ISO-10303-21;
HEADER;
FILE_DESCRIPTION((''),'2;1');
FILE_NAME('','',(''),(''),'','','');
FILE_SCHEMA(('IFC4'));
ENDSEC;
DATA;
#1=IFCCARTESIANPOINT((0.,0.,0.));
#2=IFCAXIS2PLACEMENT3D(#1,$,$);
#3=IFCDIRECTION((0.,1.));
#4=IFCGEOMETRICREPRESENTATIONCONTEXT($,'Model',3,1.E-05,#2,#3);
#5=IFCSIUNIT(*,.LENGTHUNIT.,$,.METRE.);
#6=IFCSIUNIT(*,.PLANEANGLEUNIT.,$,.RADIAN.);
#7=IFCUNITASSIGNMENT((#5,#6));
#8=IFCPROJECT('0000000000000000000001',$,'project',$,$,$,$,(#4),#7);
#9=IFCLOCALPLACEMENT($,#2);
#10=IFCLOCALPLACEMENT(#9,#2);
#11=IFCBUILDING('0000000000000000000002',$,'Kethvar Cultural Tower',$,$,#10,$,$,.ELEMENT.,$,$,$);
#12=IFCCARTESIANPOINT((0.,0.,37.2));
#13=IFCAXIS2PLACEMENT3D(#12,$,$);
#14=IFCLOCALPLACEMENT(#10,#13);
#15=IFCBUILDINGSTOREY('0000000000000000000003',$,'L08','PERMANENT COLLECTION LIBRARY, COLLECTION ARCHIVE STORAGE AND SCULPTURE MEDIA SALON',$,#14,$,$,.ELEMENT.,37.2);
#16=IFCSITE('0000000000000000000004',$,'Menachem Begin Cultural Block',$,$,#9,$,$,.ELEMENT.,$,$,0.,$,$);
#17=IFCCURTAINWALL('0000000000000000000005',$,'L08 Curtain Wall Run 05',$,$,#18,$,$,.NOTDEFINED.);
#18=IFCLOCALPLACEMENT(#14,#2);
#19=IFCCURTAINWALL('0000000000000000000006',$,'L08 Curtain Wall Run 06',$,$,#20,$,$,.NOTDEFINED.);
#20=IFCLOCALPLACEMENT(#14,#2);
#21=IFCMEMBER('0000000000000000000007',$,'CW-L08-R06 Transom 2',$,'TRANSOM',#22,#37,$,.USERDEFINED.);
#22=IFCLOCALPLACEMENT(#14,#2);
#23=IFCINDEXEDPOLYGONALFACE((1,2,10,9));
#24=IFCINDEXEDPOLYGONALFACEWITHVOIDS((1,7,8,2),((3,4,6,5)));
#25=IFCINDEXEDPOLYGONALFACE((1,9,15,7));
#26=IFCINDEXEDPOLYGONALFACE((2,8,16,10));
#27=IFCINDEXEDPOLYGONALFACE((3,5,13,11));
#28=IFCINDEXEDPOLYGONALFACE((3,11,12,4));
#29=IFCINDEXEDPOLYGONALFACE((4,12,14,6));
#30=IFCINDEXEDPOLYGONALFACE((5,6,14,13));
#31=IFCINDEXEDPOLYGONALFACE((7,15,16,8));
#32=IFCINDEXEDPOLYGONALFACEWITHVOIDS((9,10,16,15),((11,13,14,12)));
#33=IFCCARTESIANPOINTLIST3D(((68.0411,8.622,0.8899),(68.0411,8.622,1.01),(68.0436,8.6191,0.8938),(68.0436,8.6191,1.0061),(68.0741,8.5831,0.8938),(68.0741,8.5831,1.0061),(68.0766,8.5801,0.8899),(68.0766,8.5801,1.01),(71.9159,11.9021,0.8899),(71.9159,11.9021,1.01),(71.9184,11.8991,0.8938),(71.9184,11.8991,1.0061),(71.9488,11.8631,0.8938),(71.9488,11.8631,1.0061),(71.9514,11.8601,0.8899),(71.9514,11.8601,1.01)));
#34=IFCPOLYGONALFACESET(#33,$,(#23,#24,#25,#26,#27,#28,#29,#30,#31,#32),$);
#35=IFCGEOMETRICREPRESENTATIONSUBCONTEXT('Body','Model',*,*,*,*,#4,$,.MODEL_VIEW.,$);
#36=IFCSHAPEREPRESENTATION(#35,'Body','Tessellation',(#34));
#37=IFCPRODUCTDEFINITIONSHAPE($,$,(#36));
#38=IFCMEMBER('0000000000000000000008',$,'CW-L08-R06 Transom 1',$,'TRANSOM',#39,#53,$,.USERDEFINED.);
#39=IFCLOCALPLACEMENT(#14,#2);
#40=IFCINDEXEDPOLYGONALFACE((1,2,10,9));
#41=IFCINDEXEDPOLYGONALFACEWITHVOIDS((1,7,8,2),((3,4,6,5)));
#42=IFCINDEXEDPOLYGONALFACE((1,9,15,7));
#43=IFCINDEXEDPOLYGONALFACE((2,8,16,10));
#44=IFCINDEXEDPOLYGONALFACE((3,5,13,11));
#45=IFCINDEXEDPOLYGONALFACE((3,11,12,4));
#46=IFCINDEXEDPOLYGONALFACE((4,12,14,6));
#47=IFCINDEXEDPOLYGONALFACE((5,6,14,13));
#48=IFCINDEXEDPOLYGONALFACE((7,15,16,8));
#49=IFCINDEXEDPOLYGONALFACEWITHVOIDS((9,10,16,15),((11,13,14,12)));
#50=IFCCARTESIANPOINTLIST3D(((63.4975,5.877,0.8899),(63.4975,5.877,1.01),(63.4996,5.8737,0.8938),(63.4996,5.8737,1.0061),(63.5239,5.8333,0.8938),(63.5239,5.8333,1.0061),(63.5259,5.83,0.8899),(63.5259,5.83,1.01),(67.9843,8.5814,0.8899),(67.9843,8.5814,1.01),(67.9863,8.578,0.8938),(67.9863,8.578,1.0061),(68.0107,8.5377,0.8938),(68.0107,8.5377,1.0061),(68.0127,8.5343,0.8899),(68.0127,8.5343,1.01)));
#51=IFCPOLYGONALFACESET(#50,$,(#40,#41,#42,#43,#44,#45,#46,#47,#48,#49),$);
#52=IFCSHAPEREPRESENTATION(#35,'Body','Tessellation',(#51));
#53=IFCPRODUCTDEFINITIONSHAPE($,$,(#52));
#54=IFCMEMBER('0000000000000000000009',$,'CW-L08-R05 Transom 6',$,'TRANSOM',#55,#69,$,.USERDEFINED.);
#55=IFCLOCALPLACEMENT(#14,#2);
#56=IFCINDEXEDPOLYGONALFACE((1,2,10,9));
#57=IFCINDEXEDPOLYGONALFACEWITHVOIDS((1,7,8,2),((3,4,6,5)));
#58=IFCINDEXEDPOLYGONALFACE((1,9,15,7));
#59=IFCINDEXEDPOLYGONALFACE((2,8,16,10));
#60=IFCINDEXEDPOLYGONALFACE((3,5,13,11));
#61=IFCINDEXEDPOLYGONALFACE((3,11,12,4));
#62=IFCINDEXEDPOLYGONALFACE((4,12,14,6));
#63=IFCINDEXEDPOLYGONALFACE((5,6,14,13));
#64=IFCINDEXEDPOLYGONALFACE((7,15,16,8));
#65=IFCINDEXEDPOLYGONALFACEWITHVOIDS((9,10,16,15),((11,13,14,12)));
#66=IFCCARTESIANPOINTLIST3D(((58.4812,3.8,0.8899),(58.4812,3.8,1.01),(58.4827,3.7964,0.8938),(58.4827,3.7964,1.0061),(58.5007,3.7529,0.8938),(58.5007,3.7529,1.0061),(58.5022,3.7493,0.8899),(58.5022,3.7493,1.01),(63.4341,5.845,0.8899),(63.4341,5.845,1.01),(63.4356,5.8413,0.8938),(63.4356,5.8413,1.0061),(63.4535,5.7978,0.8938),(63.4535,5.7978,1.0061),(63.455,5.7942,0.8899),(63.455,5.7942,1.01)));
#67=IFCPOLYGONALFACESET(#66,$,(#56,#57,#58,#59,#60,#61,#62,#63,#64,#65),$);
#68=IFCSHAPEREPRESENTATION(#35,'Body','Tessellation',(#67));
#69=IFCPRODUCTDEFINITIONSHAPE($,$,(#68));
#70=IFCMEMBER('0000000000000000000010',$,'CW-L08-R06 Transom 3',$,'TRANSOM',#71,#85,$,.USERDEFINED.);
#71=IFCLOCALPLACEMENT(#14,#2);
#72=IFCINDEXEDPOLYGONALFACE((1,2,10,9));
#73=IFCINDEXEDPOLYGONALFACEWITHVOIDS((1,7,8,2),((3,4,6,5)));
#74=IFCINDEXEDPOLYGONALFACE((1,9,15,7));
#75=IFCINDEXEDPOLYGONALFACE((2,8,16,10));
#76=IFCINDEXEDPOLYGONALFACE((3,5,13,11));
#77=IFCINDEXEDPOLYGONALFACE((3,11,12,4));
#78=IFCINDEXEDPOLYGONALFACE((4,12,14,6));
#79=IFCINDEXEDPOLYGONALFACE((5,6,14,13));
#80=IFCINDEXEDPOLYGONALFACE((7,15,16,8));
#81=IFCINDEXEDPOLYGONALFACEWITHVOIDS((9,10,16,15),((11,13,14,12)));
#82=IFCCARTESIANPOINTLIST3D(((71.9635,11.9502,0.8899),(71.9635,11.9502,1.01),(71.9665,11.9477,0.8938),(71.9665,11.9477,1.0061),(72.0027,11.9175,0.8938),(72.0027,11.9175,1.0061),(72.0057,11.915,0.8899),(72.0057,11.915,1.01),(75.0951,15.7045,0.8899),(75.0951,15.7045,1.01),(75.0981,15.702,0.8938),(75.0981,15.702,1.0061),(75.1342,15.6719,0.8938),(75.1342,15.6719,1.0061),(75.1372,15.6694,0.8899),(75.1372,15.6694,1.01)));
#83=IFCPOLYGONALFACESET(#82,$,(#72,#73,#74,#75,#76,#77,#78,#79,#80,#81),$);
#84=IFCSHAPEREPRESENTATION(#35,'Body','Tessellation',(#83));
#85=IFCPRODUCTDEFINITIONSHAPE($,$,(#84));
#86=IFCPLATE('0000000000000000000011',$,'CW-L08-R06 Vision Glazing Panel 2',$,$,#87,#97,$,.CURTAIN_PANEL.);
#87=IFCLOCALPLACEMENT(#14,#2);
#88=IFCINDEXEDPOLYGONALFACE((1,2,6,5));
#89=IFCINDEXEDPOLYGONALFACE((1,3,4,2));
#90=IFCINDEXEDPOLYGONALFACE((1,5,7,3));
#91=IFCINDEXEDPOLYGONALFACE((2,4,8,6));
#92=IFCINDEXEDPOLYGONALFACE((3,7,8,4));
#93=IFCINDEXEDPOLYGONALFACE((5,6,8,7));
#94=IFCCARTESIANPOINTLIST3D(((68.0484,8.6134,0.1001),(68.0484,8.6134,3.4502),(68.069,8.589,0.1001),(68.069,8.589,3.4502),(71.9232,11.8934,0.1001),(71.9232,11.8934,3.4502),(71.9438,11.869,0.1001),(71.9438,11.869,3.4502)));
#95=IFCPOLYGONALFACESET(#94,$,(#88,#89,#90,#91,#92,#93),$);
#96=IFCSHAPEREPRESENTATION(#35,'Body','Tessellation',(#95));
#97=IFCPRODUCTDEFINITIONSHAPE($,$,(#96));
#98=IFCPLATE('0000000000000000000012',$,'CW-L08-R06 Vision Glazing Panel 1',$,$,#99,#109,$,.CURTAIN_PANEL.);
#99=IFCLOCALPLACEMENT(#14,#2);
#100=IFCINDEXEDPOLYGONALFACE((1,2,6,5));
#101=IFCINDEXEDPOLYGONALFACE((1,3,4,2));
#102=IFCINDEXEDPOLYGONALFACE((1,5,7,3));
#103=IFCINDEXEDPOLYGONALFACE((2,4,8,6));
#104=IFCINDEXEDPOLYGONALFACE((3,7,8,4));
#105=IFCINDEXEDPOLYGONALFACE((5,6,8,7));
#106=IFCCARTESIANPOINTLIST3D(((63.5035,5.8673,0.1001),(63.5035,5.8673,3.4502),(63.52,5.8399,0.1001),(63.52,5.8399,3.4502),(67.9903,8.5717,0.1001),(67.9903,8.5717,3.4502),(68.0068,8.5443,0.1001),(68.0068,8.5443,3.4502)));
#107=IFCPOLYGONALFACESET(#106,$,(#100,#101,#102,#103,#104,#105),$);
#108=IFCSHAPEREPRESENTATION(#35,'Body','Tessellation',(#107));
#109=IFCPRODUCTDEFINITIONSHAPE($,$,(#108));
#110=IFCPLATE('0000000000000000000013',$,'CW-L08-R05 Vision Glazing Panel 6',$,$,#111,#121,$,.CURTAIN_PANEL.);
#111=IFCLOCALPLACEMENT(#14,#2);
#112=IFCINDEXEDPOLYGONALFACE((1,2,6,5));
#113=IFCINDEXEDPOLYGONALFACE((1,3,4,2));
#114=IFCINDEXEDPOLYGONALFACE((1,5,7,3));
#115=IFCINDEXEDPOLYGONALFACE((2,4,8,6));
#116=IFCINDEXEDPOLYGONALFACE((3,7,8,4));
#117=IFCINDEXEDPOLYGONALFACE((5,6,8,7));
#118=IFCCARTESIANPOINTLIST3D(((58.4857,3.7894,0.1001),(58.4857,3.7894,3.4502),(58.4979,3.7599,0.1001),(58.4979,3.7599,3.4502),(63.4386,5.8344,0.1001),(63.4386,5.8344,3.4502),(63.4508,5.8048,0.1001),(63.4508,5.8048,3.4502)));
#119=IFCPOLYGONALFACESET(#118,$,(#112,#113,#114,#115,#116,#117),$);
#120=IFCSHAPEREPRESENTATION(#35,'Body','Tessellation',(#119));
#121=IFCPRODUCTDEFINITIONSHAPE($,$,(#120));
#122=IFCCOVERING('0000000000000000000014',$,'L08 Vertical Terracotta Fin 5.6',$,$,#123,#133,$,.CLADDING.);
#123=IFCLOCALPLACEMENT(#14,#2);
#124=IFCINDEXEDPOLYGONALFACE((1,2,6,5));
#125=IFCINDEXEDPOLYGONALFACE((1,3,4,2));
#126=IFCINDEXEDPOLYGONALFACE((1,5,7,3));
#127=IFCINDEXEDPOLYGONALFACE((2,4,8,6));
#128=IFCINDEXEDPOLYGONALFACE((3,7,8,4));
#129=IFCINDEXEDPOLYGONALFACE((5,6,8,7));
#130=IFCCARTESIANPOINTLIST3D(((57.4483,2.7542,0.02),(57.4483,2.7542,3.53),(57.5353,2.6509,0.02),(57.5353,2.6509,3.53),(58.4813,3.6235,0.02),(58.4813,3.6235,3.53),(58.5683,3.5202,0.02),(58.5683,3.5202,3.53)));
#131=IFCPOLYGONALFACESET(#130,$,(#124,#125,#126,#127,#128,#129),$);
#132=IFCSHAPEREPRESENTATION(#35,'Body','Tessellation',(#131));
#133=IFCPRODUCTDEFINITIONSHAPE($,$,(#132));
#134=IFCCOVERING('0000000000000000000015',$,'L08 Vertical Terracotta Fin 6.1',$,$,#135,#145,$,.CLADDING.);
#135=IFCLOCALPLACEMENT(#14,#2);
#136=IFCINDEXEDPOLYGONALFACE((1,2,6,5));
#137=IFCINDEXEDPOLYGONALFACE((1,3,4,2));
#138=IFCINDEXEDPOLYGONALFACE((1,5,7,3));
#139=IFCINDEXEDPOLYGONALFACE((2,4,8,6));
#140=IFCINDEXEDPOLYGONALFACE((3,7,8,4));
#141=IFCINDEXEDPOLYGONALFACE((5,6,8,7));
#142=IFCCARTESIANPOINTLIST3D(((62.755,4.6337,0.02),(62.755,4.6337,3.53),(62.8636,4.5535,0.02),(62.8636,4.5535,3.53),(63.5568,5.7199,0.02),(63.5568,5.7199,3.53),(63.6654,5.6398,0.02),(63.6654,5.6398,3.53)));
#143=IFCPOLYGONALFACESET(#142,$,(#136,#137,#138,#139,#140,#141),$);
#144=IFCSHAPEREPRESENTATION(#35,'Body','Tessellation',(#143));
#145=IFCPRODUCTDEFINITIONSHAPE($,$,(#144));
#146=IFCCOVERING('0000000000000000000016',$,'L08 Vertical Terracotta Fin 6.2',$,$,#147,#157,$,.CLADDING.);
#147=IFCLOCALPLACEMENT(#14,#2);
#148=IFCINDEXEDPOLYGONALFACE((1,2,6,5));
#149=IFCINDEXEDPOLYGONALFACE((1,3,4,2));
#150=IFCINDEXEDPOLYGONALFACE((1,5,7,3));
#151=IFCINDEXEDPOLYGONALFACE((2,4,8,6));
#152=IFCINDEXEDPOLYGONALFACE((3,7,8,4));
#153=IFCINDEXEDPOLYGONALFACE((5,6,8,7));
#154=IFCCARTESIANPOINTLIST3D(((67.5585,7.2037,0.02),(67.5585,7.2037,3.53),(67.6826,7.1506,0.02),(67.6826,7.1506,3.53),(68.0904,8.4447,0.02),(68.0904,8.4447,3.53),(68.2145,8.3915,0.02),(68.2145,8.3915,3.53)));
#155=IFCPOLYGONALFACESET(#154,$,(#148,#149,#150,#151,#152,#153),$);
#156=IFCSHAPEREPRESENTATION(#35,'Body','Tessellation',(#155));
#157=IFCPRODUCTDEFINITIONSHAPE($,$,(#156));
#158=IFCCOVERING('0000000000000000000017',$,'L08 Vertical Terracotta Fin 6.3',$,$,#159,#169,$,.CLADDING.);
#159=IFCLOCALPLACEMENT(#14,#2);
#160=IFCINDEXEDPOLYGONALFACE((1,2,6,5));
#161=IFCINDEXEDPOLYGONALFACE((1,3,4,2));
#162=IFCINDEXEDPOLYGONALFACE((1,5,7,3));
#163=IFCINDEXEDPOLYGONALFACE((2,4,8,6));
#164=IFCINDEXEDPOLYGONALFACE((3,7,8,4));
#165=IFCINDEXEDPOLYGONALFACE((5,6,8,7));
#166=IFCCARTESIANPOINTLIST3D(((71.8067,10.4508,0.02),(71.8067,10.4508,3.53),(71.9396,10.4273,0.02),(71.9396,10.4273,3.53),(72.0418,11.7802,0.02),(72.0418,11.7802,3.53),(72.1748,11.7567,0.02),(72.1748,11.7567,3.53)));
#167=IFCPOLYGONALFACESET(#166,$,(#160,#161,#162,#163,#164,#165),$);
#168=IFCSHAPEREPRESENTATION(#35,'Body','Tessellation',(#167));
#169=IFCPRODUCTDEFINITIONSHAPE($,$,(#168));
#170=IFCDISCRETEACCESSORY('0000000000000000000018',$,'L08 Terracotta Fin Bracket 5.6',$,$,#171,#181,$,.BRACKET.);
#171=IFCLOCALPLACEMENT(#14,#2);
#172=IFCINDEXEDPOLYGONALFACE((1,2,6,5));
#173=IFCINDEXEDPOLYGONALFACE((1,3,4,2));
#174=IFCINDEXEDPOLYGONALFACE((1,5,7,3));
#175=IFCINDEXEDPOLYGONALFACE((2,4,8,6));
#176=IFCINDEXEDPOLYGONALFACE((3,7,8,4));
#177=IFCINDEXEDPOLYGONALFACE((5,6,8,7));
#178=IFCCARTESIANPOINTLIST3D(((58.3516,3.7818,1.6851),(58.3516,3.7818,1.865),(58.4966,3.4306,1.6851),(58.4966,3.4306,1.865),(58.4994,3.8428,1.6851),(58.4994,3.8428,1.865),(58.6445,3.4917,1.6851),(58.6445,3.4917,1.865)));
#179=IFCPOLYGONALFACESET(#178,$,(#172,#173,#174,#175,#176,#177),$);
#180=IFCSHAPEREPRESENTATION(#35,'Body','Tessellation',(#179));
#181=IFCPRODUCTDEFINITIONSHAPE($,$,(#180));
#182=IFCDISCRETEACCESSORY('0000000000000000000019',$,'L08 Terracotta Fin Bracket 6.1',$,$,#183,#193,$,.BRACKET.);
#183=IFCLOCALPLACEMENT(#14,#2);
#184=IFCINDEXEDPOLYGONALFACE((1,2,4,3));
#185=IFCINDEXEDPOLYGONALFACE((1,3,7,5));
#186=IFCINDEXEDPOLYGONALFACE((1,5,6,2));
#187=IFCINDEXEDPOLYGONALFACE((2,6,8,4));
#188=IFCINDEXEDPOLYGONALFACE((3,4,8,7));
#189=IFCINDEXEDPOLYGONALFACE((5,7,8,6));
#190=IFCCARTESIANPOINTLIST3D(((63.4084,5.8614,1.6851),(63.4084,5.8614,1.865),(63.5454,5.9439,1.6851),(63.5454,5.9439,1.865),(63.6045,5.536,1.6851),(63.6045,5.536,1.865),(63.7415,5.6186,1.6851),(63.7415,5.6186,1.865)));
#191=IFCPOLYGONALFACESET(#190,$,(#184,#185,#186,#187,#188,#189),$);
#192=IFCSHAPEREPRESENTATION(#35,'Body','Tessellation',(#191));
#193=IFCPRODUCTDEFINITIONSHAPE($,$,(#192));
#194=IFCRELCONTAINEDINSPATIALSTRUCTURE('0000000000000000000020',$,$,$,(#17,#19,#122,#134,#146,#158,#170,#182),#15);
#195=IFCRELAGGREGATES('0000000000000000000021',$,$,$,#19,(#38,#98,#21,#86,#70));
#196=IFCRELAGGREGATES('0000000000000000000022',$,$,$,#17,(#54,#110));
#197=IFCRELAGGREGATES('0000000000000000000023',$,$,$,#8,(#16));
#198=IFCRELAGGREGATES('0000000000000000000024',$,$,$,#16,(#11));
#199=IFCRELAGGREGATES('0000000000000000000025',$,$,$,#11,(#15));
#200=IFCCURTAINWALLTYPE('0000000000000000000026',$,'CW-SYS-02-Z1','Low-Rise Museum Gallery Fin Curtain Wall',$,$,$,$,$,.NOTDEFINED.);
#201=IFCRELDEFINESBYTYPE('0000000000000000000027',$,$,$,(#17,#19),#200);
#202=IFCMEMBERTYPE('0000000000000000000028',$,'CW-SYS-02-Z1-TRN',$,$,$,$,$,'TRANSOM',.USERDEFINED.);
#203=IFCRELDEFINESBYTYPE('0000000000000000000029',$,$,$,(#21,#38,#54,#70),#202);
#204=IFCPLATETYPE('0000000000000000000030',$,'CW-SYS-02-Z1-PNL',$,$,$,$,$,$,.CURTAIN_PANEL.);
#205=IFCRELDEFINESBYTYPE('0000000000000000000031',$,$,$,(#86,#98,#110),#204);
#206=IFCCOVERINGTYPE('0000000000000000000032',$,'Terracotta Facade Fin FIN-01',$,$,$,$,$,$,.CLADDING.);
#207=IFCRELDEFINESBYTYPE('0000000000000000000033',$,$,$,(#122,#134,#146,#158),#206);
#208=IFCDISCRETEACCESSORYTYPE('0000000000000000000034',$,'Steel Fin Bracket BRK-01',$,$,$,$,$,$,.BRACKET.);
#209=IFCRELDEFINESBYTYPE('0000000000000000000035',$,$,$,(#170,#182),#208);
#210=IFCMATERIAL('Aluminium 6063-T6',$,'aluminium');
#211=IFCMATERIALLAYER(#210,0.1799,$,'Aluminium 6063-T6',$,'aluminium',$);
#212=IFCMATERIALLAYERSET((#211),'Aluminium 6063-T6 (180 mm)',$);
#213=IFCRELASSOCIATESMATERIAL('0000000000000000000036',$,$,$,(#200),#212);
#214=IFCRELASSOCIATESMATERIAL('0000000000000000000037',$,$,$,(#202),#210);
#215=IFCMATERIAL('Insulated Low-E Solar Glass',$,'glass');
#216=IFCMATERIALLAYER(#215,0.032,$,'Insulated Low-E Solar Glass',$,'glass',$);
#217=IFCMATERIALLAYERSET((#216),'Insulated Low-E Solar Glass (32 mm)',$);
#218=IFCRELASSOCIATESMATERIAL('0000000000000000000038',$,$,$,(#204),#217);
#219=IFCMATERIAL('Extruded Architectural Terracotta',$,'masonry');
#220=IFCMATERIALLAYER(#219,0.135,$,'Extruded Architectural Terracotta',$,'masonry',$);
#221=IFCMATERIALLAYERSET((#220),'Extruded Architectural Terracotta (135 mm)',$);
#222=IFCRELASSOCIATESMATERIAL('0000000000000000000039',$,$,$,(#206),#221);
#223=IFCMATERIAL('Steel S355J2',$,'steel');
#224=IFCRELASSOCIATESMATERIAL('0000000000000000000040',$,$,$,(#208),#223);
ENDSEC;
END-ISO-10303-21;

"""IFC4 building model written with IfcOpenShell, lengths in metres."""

from ifc_helpers import new_model, si_unit, direction, frame, origin, origin_2d, place, context, subcontext, project, spatial, rectangle, hollow_rectangle, extrude, source, transform, mapped, material, layer, layer_set, material_profile, profile_set, type_object, element, aggregate, save


model = new_model("IFC4")

# Units and contexts
model_context = context("Model", 3, precision=1e-05, world=origin(), true_north=direction((0.0, 1.0)))
body_context = subcontext(model_context, "Body", "Model", "MODEL_VIEW")
ifc_project = project(units=[si_unit("LENGTHUNIT", "METRE"), si_unit("PLANEANGLEUNIT", "RADIAN")], contexts=[model_context])

# Site, building, storey
site_placement = place(None, origin())
site = spatial("IfcSite", under=ifc_project, at=site_placement, Name="Menachem Begin Cultural Block", CompositionType="ELEMENT", RefElevation=0.0)
building_placement = place(site_placement, origin())
building = spatial("IfcBuilding", under=site, at=building_placement, Name="Kethvar Cultural Tower", CompositionType="ELEMENT")
storey_placement = place(building_placement, frame((0.0, 0.0, 37.2)))
storey = spatial("IfcBuildingStorey", under=building, at=storey_placement, Name="L08", Description="PERMANENT COLLECTION LIBRARY, COLLECTION ARCHIVE STORAGE AND SCULPTURE MEDIA SALON", CompositionType="ELEMENT", Elevation=37.2)

# Shared definitions
ifc_material_1 = material(Name="Steel S355J2", Category="steel")

# Curtain walls, members
ifc_material_2 = material(Name="Aluminium 6063-T6", Category="aluminium")
ifc_layer_1 = layer(ifc_material_2, 0.1799, Name="Aluminium 6063-T6", Category="aluminium")
ifc_layer_set_1 = layer_set([ifc_layer_1], Name="Aluminium 6063-T6 (180 mm)")
curtain_wall_type = type_object("IfcCurtainWallType", Name="CW-SYS-02-Z1", Description="Low-Rise Museum Gallery Fin Curtain Wall", PredefinedType="NOTDEFINED", material=ifc_layer_set_1)
curtain_wall_1_placement = place(storey_placement, origin())
curtain_wall_1 = element("IfcCurtainWall", 1, at=curtain_wall_1_placement, inside=storey, type_object=curtain_wall_type, Name="L08 Curtain Wall Run 05", PredefinedType="NOTDEFINED")
curtain_wall_2_placement = place(storey_placement, origin())
curtain_wall_2 = element("IfcCurtainWall", 2, at=curtain_wall_2_placement, inside=storey, type_object=curtain_wall_type, Name="L08 Curtain Wall Run 06", PredefinedType="NOTDEFINED")
ifc_material_profile_1 = material_profile(ifc_material_2, hollow_rectangle(XDim=0.0549, YDim=0.1201, WallThickness=0.0039, at=origin_2d()), Name="Aluminium 6063-T6 — RHS120x55x4")
ifc_profile_set_1 = profile_set([ifc_material_profile_1], Name="Aluminium 6063-T6 — RHS120x55x4")
member_type_1 = type_object("IfcMemberType", Name="CW-SYS-02-Z1-TRN", ElementType="TRANSOM", PredefinedType="USERDEFINED", material=ifc_profile_set_1)
shared_shape_1 = source(origin(), body_context, "Body", "SweptSolid", [
    extrude(hollow_rectangle(XDim=0.0549, YDim=0.1201, WallThickness=0.0039, at=origin_2d()), origin(), (0.0, 0.0, 1.0), 5.0767),
])
member_1_placement = place(storey_placement, frame((68.0588, 8.6011, 0.95), z_axis=(0.763251, 0.646102, 0.0), x_axis=(-0.646102, 0.763251, 0.0)))
member_1 = element("IfcMember", 3, at=member_1_placement, type_object=member_type_1, Name="CW-L08-R06 Transom 2", ObjectType="TRANSOM", PredefinedType="USERDEFINED", context=body_context, shape_type="MappedRepresentation", body=[
    mapped(shared_shape_1, transform((0.0, 0.0, 0.0), scale=1.0)),
])
shared_shape_2 = source(origin(), body_context, "Body", "SweptSolid", [
    extrude(hollow_rectangle(XDim=0.0549, YDim=0.1201, WallThickness=0.0039, at=origin_2d()), origin(), (0.0, 0.0, 1.0), 5.2388),
])
member_2_placement = place(storey_placement, frame((63.5117, 5.8535, 0.95), z_axis=(0.856459, 0.516215, 0.0), x_axis=(-0.516215, 0.856459, 0.0)))
member_2 = element("IfcMember", 4, at=member_2_placement, type_object=member_type_1, Name="CW-L08-R06 Transom 1", ObjectType="TRANSOM", PredefinedType="USERDEFINED", context=body_context, shape_type="MappedRepresentation", body=[
    mapped(shared_shape_2, transform((0.0, 0.0, 0.0), scale=1.0)),
])

# Members
shared_shape_3 = source(origin(), body_context, "Body", "SweptSolid", [
    extrude(hollow_rectangle(XDim=0.0549, YDim=0.1201, WallThickness=0.0039, at=origin_2d()), origin(), (0.0, 0.0, 1.0), 5.3584),
])
member_3_placement = place(storey_placement, frame((58.4917, 3.7747, 0.95), z_axis=(0.924316, 0.381627, 0.0), x_axis=(-0.381627, 0.924316, 0.0)))
member_3 = element("IfcMember", 5, at=member_3_placement, type_object=member_type_1, Name="CW-L08-R05 Transom 6", ObjectType="TRANSOM", PredefinedType="USERDEFINED", context=body_context, shape_type="MappedRepresentation", body=[
    mapped(shared_shape_3, transform((0.0, 0.0, 0.0), scale=1.0)),
])
shared_shape_4 = source(origin(), body_context, "Body", "SweptSolid", [
    extrude(hollow_rectangle(XDim=0.0549, YDim=0.1201, WallThickness=0.0039, at=origin_2d()), origin(), (0.0, 0.0, 1.0), 4.8889),
])
member_4_placement = place(storey_placement, frame((71.9846, 11.9326, 0.95), z_axis=(0.640538, 0.767926, 0.0), x_axis=(-0.767926, 0.640538, 0.0)))
member_4 = element("IfcMember", 6, at=member_4_placement, type_object=member_type_1, Name="CW-L08-R06 Transom 3", ObjectType="TRANSOM", PredefinedType="USERDEFINED", context=body_context, shape_type="MappedRepresentation", body=[
    mapped(shared_shape_4, transform((0.0, 0.0, 0.0), scale=1.0)),
])

# Plates
ifc_material_3 = material(Name="Insulated Low-E Solar Glass", Category="glass")
ifc_layer_2 = layer(ifc_material_3, 0.032, Name="Insulated Low-E Solar Glass", Category="glass")
ifc_layer_set_2 = layer_set([ifc_layer_2], Name="Insulated Low-E Solar Glass (32 mm)")
plate_type = type_object("IfcPlateType", Name="CW-SYS-02-Z1-PNL", PredefinedType="CURTAIN_PANEL", material=ifc_layer_set_2)
shared_shape_5 = source(origin(), body_context, "Body", "SweptSolid", [
    extrude(rectangle(XDim=5.0767, YDim=0.032, at=origin_2d()), origin(), (0.0, 0.0, 1.0), 3.3501),
])
plate_1_placement = place(storey_placement, frame((69.9961, 10.2412, 0.1001), z_axis=(0.0, 0.0, 1.0), x_axis=(0.763255, 0.646097, 0.0)))
plate_1 = element("IfcPlate", 7, at=plate_1_placement, type_object=plate_type, Name="CW-L08-R06 Vision Glazing Panel 2", PredefinedType="CURTAIN_PANEL", context=body_context, shape_type="MappedRepresentation", body=[
    mapped(shared_shape_5, transform((0.0, 0.0, 0.0), scale=1.0)),
])
shared_shape_6 = source(origin(), body_context, "Body", "SweptSolid", [
    extrude(rectangle(XDim=5.2388, YDim=0.032, at=origin_2d()), origin(), (0.0, 0.0, 1.0), 3.3501),
])
plate_2_placement = place(storey_placement, frame((65.7551, 7.2058, 0.1001), z_axis=(0.0, 0.0, 1.0), x_axis=(0.856456, 0.516219, 0.0)))
plate_2 = element("IfcPlate", 8, at=plate_2_placement, type_object=plate_type, Name="CW-L08-R06 Vision Glazing Panel 1", PredefinedType="CURTAIN_PANEL", context=body_context, shape_type="MappedRepresentation", body=[
    mapped(shared_shape_6, transform((0.0, 0.0, 0.0), scale=1.0)),
])
aggregate(curtain_wall_2, [member_2, plate_2, member_1, plate_1, member_4])
shared_shape_7 = source(origin(), body_context, "Body", "SweptSolid", [
    extrude(rectangle(XDim=5.3584, YDim=0.032, at=origin_2d()), origin(), (0.0, 0.0, 1.0), 3.3501),
])
plate_3_placement = place(storey_placement, frame((60.9683, 4.7971, 0.1001), z_axis=(0.0, 0.0, 1.0), x_axis=(0.924313, 0.381635, 0.0)))
plate_3 = element("IfcPlate", 9, at=plate_3_placement, type_object=plate_type, Name="CW-L08-R05 Vision Glazing Panel 6", PredefinedType="CURTAIN_PANEL", context=body_context, shape_type="MappedRepresentation", body=[
    mapped(shared_shape_7, transform((0.0, 0.0, 0.0), scale=1.0)),
])
aggregate(curtain_wall_1, [member_3, plate_3])

# Coverings
ifc_material_4 = material(Name="Extruded Architectural Terracotta", Category="masonry")
ifc_layer_3 = layer(ifc_material_4, 0.135, Name="Extruded Architectural Terracotta", Category="masonry")
ifc_layer_set_3 = layer_set([ifc_layer_3], Name="Extruded Architectural Terracotta (135 mm)")
covering_type = type_object("IfcCoveringType", Name="Terracotta Facade Fin FIN-01", PredefinedType="CLADDING", material=ifc_layer_set_3)
shared_shape_8 = source(origin(), body_context, "Body", "SweptSolid", [
    extrude(rectangle(XDim=1.3501, YDim=0.135, at=origin_2d()), origin(), (0.0, 0.0, 1.0), 3.51),
])
for number, where, z_axis, x_axis, name in (
    (10, (58.0083, 3.1372, 0.02), (0.0, 0.0, 1.0), (-0.765146, -0.643857, 0.0), "L08 Vertical Terracotta Fin 5.6"),
    (11, (63.2102, 5.1367, 0.02), (0.0, 0.0, 1.0), (-0.59384, -0.804583, 0.0), "L08 Vertical Terracotta Fin 6.1"),
    (12, (67.8865, 7.7976, 0.02), (0.0, 0.0, 1.0), (-0.393942, -0.919135, 0.0), "L08 Vertical Terracotta Fin 6.2"),
    (13, (71.9907, 11.1038, 0.02), (0.0, 0.0, 1.0), (-0.174164, -0.984717, 0.0), "L08 Vertical Terracotta Fin 6.3"),
):
    element("IfcCovering", number, at=place(storey_placement, frame(where, z_axis=z_axis, x_axis=x_axis)), inside=storey, type_object=covering_type, Name=name, PredefinedType="CLADDING", context=body_context, shape_type="MappedRepresentation", body=[
        mapped(shared_shape_8, transform((0.0, 0.0, 0.0), scale=1.0)),
    ])

# Discrete accessories
discrete_accessory_type = type_object("IfcDiscreteAccessoryType", Name="Steel Fin Bracket BRK-01", PredefinedType="BRACKET", material=ifc_material_1)
shared_shape_9 = source(origin(), body_context, "Body", "SweptSolid", [
    extrude(rectangle(XDim=0.3799, YDim=0.1599, at=origin_2d()), origin(), (0.0, 0.0, 1.0), 0.1799),
])
for number, where, z_axis, x_axis, name in (
    (14, (58.498, 3.6367, 1.6851), (0.0, 0.0, 1.0), (0.381716, -0.92428, 0.0), "L08 Terracotta Fin Bracket 5.6"),
    (15, (63.575, 5.74, 1.6851), (0.0, 0.0, 1.0), (0.516234, -0.856447, 0.0), "L08 Terracotta Fin Bracket 6.1"),
):
    element("IfcDiscreteAccessory", number, at=place(storey_placement, frame(where, z_axis=z_axis, x_axis=x_axis)), inside=storey, type_object=discrete_accessory_type, Name=name, PredefinedType="BRACKET", context=body_context, shape_type="MappedRepresentation", body=[
        mapped(shared_shape_9, transform((0.0, 0.0, 0.0), scale=1.0)),
    ])

save(model, "model.ifc")
